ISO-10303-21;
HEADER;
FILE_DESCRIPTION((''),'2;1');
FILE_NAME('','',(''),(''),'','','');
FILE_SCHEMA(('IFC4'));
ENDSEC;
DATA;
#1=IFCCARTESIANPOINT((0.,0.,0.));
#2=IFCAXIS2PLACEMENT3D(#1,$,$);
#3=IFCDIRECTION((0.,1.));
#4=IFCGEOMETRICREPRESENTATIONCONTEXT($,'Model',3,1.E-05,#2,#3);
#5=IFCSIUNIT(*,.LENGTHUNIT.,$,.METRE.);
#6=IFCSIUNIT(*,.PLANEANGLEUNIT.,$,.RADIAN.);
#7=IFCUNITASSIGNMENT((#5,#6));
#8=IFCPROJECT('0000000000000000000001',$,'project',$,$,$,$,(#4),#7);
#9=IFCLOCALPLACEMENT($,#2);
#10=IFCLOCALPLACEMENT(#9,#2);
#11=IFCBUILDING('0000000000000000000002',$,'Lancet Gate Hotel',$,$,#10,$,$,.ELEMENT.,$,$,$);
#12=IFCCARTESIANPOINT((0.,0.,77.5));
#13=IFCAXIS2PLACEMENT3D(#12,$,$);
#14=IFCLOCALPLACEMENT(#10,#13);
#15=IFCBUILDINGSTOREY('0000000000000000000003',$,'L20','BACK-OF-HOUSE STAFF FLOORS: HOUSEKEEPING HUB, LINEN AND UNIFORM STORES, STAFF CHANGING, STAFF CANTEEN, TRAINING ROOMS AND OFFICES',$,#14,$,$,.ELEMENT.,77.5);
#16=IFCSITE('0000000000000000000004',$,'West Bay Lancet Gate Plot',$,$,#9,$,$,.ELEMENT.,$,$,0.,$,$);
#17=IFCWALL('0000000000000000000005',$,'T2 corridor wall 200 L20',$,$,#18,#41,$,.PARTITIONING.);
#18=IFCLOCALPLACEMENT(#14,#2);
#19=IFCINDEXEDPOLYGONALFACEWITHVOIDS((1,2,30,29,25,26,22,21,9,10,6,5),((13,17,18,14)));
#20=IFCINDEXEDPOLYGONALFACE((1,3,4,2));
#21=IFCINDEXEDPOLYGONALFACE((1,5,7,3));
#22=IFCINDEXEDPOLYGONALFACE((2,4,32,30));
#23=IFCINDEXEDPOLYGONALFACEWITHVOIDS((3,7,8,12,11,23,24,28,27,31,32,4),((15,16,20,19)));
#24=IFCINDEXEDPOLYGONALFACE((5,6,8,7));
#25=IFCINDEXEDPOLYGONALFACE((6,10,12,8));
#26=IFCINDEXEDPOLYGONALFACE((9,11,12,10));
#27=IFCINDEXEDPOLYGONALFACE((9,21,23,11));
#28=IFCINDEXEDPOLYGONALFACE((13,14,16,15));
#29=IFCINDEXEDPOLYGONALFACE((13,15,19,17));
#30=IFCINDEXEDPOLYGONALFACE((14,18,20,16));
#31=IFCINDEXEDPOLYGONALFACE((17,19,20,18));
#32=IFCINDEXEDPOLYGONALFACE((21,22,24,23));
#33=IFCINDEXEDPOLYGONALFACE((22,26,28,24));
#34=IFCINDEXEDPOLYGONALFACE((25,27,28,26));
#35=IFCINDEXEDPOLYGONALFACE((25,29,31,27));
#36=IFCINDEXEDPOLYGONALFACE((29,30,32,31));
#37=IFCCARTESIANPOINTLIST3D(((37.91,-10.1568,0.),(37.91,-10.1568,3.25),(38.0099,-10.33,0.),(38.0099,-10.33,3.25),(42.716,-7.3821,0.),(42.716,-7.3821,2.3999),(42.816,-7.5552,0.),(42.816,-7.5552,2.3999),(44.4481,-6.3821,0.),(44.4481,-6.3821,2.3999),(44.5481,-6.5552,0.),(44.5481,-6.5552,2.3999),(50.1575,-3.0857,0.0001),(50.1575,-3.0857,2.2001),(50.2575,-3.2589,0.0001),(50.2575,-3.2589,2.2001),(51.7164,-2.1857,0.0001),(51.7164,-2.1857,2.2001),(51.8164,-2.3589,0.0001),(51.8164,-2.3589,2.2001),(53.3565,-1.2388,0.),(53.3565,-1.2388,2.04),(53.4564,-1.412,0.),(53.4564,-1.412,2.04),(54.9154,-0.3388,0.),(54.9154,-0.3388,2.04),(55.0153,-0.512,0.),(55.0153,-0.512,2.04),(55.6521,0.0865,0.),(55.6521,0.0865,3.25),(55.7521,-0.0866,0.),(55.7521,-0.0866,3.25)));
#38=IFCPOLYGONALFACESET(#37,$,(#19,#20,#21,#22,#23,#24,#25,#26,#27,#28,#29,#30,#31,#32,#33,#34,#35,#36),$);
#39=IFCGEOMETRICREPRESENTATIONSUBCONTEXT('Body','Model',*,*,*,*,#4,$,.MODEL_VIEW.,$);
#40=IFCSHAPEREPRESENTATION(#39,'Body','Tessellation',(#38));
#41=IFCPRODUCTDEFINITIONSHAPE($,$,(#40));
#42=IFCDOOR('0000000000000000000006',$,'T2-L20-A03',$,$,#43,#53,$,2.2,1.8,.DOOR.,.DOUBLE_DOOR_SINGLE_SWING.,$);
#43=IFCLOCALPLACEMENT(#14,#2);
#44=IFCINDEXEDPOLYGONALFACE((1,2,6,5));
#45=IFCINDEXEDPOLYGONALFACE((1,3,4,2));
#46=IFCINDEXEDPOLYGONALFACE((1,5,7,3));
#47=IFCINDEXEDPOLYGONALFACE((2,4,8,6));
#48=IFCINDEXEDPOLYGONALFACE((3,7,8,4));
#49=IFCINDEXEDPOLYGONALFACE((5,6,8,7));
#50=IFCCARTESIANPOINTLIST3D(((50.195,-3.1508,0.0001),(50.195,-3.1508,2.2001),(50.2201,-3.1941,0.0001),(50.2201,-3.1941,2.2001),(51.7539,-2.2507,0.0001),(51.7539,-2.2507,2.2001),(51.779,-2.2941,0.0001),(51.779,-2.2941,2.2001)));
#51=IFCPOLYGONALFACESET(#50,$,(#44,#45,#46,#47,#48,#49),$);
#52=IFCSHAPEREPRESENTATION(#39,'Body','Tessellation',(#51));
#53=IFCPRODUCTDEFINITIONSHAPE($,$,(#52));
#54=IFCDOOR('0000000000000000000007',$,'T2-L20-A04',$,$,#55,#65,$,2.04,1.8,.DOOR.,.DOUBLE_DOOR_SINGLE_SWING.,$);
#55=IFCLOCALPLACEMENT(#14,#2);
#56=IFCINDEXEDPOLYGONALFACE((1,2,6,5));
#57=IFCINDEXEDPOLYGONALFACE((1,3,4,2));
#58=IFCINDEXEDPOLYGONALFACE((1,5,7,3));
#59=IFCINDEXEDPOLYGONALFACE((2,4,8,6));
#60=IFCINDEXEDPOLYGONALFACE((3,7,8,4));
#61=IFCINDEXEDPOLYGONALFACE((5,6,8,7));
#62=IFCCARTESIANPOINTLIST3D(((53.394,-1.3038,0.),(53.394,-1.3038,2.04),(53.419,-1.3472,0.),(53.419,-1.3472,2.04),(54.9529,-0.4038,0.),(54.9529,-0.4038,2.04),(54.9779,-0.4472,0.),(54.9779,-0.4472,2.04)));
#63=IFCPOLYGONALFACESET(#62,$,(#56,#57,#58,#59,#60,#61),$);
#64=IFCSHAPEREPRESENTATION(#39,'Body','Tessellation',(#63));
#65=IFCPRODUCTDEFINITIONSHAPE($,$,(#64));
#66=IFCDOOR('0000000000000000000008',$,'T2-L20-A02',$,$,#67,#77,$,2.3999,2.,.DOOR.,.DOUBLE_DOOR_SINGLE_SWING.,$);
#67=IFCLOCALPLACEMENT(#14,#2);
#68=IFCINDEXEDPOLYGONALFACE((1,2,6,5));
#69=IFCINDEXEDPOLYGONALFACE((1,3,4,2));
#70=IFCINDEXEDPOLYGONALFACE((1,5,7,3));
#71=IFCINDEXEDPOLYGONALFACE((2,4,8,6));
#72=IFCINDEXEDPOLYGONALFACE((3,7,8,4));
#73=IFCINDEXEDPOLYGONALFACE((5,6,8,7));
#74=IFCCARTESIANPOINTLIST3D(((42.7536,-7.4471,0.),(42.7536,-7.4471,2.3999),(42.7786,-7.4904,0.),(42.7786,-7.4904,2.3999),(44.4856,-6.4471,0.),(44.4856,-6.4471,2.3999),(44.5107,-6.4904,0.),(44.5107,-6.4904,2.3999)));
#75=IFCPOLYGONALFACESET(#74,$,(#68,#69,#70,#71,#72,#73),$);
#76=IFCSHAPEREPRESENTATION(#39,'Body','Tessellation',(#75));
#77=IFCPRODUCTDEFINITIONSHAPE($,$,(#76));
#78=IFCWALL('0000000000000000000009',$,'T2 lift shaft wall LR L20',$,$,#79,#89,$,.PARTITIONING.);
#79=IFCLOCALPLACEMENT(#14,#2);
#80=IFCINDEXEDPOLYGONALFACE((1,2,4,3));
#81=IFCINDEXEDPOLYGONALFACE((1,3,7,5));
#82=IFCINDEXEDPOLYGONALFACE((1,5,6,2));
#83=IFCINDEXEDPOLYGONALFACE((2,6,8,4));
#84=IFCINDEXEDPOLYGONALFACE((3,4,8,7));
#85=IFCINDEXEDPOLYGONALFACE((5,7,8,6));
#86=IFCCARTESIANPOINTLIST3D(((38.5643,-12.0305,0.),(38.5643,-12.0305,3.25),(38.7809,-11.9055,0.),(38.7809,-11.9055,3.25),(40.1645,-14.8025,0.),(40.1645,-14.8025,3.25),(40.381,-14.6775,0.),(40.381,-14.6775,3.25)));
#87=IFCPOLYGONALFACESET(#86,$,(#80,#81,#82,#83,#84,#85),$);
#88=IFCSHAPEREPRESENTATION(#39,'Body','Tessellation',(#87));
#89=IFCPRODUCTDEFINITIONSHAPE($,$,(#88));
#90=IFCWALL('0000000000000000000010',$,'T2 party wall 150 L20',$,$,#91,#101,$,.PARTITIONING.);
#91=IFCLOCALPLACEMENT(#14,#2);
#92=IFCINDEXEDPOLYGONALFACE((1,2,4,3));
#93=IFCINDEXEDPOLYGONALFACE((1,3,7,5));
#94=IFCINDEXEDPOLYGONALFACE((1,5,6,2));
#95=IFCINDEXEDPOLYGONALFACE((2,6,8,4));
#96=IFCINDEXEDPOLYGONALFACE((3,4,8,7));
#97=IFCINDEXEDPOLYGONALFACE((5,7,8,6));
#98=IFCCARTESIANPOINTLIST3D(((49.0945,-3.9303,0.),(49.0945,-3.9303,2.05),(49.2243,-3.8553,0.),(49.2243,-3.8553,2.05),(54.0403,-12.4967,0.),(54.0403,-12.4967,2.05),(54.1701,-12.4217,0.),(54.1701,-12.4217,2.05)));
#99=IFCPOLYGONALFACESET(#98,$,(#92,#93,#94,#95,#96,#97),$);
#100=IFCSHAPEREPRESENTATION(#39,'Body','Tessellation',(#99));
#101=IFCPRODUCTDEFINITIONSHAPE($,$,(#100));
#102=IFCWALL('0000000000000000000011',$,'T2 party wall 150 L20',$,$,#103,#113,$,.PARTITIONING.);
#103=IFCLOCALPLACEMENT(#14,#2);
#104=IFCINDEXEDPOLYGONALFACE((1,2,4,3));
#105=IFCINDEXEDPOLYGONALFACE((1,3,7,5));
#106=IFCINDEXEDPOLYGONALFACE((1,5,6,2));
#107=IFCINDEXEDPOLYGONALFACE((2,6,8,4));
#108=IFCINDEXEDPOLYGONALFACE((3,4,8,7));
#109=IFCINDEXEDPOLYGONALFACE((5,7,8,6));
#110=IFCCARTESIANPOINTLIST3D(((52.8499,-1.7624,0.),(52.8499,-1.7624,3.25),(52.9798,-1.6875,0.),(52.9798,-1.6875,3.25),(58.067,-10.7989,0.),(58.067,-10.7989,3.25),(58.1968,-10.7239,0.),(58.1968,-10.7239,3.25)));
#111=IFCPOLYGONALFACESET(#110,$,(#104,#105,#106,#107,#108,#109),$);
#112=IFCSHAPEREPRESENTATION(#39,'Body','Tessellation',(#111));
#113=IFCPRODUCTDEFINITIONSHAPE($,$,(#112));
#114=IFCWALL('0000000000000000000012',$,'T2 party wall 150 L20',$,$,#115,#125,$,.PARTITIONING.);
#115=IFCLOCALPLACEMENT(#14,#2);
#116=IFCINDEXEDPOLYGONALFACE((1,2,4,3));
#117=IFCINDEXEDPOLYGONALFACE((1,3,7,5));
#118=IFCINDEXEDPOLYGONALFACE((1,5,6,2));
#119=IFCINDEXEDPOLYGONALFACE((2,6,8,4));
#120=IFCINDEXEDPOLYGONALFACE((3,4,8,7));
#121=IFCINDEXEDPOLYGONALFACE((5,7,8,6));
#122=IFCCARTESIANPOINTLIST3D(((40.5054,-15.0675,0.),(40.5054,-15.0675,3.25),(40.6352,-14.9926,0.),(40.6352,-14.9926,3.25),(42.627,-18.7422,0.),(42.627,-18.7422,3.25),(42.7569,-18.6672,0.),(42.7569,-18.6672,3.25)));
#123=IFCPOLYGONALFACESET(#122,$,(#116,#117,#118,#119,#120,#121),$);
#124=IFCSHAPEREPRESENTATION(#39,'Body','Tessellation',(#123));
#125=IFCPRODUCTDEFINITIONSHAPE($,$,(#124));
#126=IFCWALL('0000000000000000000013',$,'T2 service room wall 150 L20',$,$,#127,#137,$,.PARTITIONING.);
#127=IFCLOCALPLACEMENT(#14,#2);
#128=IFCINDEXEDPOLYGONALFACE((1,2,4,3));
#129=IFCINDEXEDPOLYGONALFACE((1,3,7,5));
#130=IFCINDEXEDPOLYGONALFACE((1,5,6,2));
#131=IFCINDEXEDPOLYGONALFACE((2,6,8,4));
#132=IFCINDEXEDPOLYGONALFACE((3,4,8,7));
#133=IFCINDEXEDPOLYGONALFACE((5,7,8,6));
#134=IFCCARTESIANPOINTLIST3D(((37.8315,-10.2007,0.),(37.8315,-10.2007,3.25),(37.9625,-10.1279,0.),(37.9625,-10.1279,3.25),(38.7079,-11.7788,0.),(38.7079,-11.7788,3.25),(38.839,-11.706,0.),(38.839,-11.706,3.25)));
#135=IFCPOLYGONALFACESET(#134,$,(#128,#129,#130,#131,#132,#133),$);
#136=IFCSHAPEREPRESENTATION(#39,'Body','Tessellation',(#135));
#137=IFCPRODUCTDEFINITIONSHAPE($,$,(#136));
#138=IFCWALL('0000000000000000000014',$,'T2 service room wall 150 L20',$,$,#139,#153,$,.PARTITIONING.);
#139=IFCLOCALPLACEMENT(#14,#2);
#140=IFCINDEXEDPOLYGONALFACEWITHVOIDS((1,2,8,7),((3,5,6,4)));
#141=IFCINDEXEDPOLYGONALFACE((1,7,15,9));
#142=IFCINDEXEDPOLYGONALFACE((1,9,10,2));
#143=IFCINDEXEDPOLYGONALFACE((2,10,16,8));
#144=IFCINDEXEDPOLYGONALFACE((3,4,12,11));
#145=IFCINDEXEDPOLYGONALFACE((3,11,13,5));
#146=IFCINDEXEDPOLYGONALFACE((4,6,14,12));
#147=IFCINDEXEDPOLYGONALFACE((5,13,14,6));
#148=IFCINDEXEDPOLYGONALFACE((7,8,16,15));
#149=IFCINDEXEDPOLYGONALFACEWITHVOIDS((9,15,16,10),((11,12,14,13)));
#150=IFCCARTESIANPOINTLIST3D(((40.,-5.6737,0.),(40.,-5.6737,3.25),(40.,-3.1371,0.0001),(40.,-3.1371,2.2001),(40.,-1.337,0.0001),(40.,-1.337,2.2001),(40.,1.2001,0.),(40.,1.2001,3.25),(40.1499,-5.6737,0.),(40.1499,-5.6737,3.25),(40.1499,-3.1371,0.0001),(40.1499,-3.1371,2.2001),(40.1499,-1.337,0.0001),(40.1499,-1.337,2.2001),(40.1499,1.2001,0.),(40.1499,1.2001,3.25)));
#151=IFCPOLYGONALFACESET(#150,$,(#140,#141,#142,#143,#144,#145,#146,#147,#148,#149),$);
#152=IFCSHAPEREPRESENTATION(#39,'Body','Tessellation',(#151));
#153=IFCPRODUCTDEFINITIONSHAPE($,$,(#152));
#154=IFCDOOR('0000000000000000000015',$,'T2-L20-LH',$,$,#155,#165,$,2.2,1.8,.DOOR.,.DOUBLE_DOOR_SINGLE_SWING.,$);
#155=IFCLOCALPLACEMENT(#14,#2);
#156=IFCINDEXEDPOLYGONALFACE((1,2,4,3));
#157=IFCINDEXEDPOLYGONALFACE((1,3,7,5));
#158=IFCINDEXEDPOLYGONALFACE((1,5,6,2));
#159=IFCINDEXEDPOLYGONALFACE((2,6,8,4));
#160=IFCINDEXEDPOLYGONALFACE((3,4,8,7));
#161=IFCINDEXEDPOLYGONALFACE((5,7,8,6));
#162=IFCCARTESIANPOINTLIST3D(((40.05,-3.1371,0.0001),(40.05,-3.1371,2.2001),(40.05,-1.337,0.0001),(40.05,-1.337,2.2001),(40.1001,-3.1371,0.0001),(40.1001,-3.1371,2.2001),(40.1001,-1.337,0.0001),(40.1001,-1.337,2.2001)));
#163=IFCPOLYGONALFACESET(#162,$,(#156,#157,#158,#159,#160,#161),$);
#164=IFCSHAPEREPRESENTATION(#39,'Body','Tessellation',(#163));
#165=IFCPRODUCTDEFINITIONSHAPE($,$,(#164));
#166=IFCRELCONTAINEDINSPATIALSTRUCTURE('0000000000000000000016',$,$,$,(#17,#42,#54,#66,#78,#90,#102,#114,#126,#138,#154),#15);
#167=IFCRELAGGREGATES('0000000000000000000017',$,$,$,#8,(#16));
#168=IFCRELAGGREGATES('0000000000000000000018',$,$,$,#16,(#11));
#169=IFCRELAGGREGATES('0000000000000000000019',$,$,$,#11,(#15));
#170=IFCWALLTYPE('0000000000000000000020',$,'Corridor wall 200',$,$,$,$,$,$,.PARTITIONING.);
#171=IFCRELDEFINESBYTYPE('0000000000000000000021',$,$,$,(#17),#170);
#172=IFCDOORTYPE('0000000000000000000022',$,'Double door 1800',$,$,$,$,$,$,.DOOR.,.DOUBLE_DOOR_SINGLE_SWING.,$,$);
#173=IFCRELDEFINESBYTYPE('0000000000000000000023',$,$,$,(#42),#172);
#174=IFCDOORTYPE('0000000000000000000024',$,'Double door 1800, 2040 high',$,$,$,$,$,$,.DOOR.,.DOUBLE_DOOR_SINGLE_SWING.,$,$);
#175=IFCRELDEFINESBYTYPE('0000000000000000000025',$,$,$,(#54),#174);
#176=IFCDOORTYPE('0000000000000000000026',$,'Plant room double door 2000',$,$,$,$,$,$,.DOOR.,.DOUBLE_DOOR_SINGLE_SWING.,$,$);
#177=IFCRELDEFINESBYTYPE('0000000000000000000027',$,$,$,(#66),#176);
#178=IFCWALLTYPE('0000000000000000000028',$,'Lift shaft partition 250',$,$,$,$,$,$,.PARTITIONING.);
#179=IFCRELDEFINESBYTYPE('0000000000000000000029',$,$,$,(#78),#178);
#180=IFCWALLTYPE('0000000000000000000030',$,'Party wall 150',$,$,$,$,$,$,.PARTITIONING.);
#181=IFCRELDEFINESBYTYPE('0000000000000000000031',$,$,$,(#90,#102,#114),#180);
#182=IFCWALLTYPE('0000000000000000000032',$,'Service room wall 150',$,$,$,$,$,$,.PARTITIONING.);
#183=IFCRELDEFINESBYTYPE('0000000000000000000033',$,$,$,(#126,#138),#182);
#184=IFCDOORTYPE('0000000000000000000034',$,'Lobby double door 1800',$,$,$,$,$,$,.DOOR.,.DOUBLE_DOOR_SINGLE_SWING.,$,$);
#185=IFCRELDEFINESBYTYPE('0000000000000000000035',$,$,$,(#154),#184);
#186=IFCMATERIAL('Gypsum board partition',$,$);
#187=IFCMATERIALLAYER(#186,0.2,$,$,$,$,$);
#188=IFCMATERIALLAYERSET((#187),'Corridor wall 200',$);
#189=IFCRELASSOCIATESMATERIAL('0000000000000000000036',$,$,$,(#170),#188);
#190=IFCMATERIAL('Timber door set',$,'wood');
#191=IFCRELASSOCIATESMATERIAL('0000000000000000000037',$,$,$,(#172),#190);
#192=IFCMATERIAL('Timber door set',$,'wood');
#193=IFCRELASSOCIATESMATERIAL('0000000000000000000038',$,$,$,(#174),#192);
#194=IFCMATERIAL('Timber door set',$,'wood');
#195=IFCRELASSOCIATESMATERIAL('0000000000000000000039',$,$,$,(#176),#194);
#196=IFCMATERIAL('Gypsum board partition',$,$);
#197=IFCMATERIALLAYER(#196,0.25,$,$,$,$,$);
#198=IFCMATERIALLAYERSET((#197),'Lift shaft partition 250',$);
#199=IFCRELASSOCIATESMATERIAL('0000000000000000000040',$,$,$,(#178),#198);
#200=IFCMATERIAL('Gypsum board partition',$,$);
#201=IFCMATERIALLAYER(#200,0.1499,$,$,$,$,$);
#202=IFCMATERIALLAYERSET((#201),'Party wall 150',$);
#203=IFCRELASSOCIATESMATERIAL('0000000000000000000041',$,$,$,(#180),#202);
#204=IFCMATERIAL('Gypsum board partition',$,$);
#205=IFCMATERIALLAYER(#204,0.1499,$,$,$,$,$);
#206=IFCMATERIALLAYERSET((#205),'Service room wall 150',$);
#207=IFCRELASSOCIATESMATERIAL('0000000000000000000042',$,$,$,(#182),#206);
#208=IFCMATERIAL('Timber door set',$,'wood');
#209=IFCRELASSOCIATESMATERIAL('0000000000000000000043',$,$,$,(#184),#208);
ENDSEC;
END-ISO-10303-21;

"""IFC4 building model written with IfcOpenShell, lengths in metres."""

from ifc_helpers import new_model, si_unit, direction, frame, frame_2d, origin, place, context, subcontext, project, spatial, rectangle, extrude, material, layer, layer_set, type_object, element, fill, save


model = new_model("IFC4")

# Units and contexts
model_context = context("Model", 3, precision=1e-05, world=origin(), true_north=direction((0.0, 1.0)))
body_context = subcontext(model_context, "Body", "Model", "MODEL_VIEW")
ifc_project = project(units=[si_unit("LENGTHUNIT", "METRE"), si_unit("PLANEANGLEUNIT", "RADIAN")], contexts=[model_context])

# Site, building, storey
site_placement = place(None, origin())
site = spatial("IfcSite", under=ifc_project, at=site_placement, Name="West Bay Lancet Gate Plot", CompositionType="ELEMENT", RefElevation=0.0)
building_placement = place(site_placement, origin())
building = spatial("IfcBuilding", under=site, at=building_placement, Name="Lancet Gate Hotel", CompositionType="ELEMENT")
storey_placement = place(building_placement, frame((0.0, 0.0, 77.5)))
storey = spatial("IfcBuildingStorey", under=building, at=storey_placement, Name="L20", Description="BACK-OF-HOUSE STAFF FLOORS: HOUSEKEEPING HUB, LINEN AND UNIFORM STORES, STAFF CHANGING, STAFF CANTEEN, TRAINING ROOMS AND OFFICES", CompositionType="ELEMENT", Elevation=77.5)

# Wall, openings, doors
ifc_material_1 = material(Name="Gypsum board partition")
ifc_layer_1 = layer(ifc_material_1, 0.2)
ifc_layer_set_1 = layer_set([ifc_layer_1], Name="Corridor wall 200")
wall_type_1 = type_object("IfcWallType", Name="Corridor wall 200", PredefinedType="PARTITIONING", material=ifc_layer_set_1)
wall_1_placement = place(storey_placement, frame((37.96, -10.2434, 0.0), z_axis=(0.0, 0.0, 1.0), x_axis=(0.866026, 0.499998, 0.0)))
wall_1 = element("IfcWall", 1, at=wall_1_placement, inside=storey, type_object=wall_type_1, Name="T2 corridor wall 200 L20", PredefinedType="PARTITIONING", context=body_context, shape_type="SweptSolid", body=[
    extrude(rectangle(XDim=20.4868, YDim=0.2, at=frame_2d((10.2434, 0.0))), origin(), (0.0, 0.0, 1.0), 3.25),
])
opening_1_placement = place(wall_1_placement, frame((14.1423, 0.0, 0.0)))
opening_1 = element("IfcOpeningElement", 2, at=opening_1_placement, cuts=wall_1, PredefinedType="OPENING", context=body_context, shape_type="SweptSolid", body=[
    extrude(rectangle(XDim=1.8, YDim=2.2, at=frame_2d((0.8999, 1.1001))), frame((0.0, 0.1099, 0.0), z_axis=(0.0, -1.0, 0.0), x_axis=(1.0, 0.0, 0.0)), (0.0, 0.0, 1.0), 0.22),
])
opening_2_placement = place(wall_1_placement, frame((17.8362, 0.0, 0.0)))
opening_2 = element("IfcOpeningElement", 3, at=opening_2_placement, cuts=wall_1, PredefinedType="OPENING", context=body_context, shape_type="SweptSolid", body=[
    extrude(rectangle(XDim=1.8, YDim=2.04, at=frame_2d((0.8999, 1.02))), frame((0.0, 0.1099, 0.0), z_axis=(0.0, -1.0, 0.0), x_axis=(1.0, 0.0, 0.0)), (0.0, 0.0, 1.0), 0.22),
])
opening_3_placement = place(wall_1_placement, frame((5.5496, 0.0, 0.0)))
opening_3 = element("IfcOpeningElement", 4, at=opening_3_placement, cuts=wall_1, PredefinedType="OPENING", context=body_context, shape_type="SweptSolid", body=[
    extrude(rectangle(XDim=2.0, YDim=2.3999, at=frame_2d((1.0, 1.2))), frame((0.0, 0.1099, 0.0), z_axis=(0.0, -1.0, 0.0), x_axis=(1.0, 0.0, 0.0)), (0.0, 0.0, 1.0), 0.22),
])
ifc_material_2 = material(Name="Timber door set", Category="wood")
door_type_1 = type_object("IfcDoorType", Name="Double door 1800", OperationType="DOUBLE_DOOR_SINGLE_SWING", PredefinedType="DOOR", material=ifc_material_2)
door_1_placement = place(opening_1_placement, origin())
door_1 = element("IfcDoor", 5, at=door_1_placement, inside=storey, type_object=door_type_1, Name="T2-L20-A03", OperationType="DOUBLE_DOOR_SINGLE_SWING", OverallHeight=2.2, OverallWidth=1.8, PredefinedType="DOOR", context=body_context, shape_type="SweptSolid", body=[
    extrude(rectangle(XDim=1.8, YDim=2.2, at=frame_2d((0.8999, 1.1001))), frame((0.0, 0.0249, 0.0), z_axis=(0.0, -1.0, 0.0), x_axis=(1.0, 0.0, 0.0)), (0.0, 0.0, 1.0), 0.05),
])
fill(opening_1, door_1)
ifc_material_3 = material(Name="Timber door set", Category="wood")
door_type_2 = type_object("IfcDoorType", Name="Double door 1800, 2040 high", OperationType="DOUBLE_DOOR_SINGLE_SWING", PredefinedType="DOOR", material=ifc_material_3)
door_2_placement = place(opening_2_placement, origin())
door_2 = element("IfcDoor", 6, at=door_2_placement, inside=storey, type_object=door_type_2, Name="T2-L20-A04", OperationType="DOUBLE_DOOR_SINGLE_SWING", OverallHeight=2.04, OverallWidth=1.8, PredefinedType="DOOR", context=body_context, shape_type="SweptSolid", body=[
    extrude(rectangle(XDim=1.8, YDim=2.04, at=frame_2d((0.8999, 1.02))), frame((0.0, 0.0249, 0.0), z_axis=(0.0, -1.0, 0.0), x_axis=(1.0, 0.0, 0.0)), (0.0, 0.0, 1.0), 0.05),
])
fill(opening_2, door_2)
ifc_material_4 = material(Name="Timber door set", Category="wood")
door_type_3 = type_object("IfcDoorType", Name="Plant room double door 2000", OperationType="DOUBLE_DOOR_SINGLE_SWING", PredefinedType="DOOR", material=ifc_material_4)
door_3_placement = place(opening_3_placement, origin())
door_3 = element("IfcDoor", 7, at=door_3_placement, inside=storey, type_object=door_type_3, Name="T2-L20-A02", OperationType="DOUBLE_DOOR_SINGLE_SWING", OverallHeight=2.3999, OverallWidth=2.0, PredefinedType="DOOR", context=body_context, shape_type="SweptSolid", body=[
    extrude(rectangle(XDim=2.0, YDim=2.3999, at=frame_2d((1.0, 1.2))), frame((0.0, 0.0249, 0.0), z_axis=(0.0, -1.0, 0.0), x_axis=(1.0, 0.0, 0.0)), (0.0, 0.0, 1.0), 0.05),
])
fill(opening_3, door_3)

# Walls
ifc_material_5 = material(Name="Gypsum board partition")
ifc_layer_2 = layer(ifc_material_5, 0.25)
ifc_layer_set_2 = layer_set([ifc_layer_2], Name="Lift shaft partition 250")
wall_type_2 = type_object("IfcWallType", Name="Lift shaft partition 250", PredefinedType="PARTITIONING", material=ifc_layer_set_2)
wall_2_placement = place(storey_placement, frame((38.6726, -11.968, 0.0), z_axis=(0.0, 0.0, 1.0), x_axis=(0.499929, -0.866066, 0.0)))
element("IfcWall", 8, at=wall_2_placement, inside=storey, type_object=wall_type_2, Name="T2 lift shaft wall LR L20", PredefinedType="PARTITIONING", context=body_context, shape_type="SweptSolid", body=[
    extrude(rectangle(XDim=3.2007, YDim=0.25, at=frame_2d((1.6003, 0.0))), origin(), (0.0, 0.0, 1.0), 3.25),
])
ifc_material_6 = material(Name="Gypsum board partition")
ifc_layer_3 = layer(ifc_material_6, 0.1499)
ifc_layer_set_3 = layer_set([ifc_layer_3], Name="Party wall 150")
wall_type_3 = type_object("IfcWallType", Name="Party wall 150", PredefinedType="PARTITIONING", material=ifc_layer_set_3)
wall_3_placement = place(storey_placement, frame((49.1594, -3.8928, 0.0), z_axis=(0.0, 0.0, 1.0), x_axis=(0.499999, -0.866026, 0.0)))
element("IfcWall", 9, at=wall_3_placement, inside=storey, type_object=wall_type_3, Name="T2 party wall 150 L20", PredefinedType="PARTITIONING", context=body_context, shape_type="SweptSolid", body=[
    extrude(rectangle(XDim=9.8916, YDim=0.1499, at=frame_2d((4.9458, 0.0))), origin(), (0.0, 0.0, 1.0), 2.05),
])
wall_4_placement = place(storey_placement, frame((52.9148, -1.7249, 0.0), z_axis=(0.0, 0.0, 1.0), x_axis=(0.499992, -0.86603, 0.0)))
element("IfcWall", 10, at=wall_4_placement, inside=storey, type_object=wall_type_3, Name="T2 party wall 150 L20", PredefinedType="PARTITIONING", context=body_context, shape_type="SweptSolid", body=[
    extrude(rectangle(XDim=10.4343, YDim=0.1499, at=frame_2d((5.2173, 0.0))), origin(), (0.0, 0.0, 1.0), 3.25),
])
wall_5_placement = place(storey_placement, frame((40.5703, -15.03, 0.0), z_axis=(0.0, 0.0, 1.0), x_axis=(0.500013, -0.866018, 0.0)))
element("IfcWall", 11, at=wall_5_placement, inside=storey, type_object=wall_type_3, Name="T2 party wall 150 L20", PredefinedType="PARTITIONING", context=body_context, shape_type="SweptSolid", body=[
    extrude(rectangle(XDim=4.2432, YDim=0.1499, at=frame_2d((2.1216, 0.0))), origin(), (0.0, 0.0, 1.0), 3.25),
])
ifc_material_7 = material(Name="Gypsum board partition")
ifc_layer_4 = layer(ifc_material_7, 0.1499)
ifc_layer_set_4 = layer_set([ifc_layer_4], Name="Service room wall 150")
wall_type_4 = type_object("IfcWallType", Name="Service room wall 150", PredefinedType="PARTITIONING", material=ifc_layer_set_4)
wall_6_placement = place(storey_placement, frame((38.7734, -11.7424, 0.0), z_axis=(0.0, 0.0, 1.0), x_axis=(-0.485528, 0.874221, 0.0)))
element("IfcWall", 12, at=wall_6_placement, inside=storey, type_object=wall_type_4, Name="T2 service room wall 150 L20", PredefinedType="PARTITIONING", context=body_context, shape_type="SweptSolid", body=[
    extrude(rectangle(XDim=1.8052, YDim=0.1499, at=frame_2d((0.9026, 0.0))), origin(), (0.0, 0.0, 1.0), 3.25),
])

# Wall, opening, door
wall_7_placement = place(storey_placement, frame((40.075, -5.6738, 0.0), z_axis=(0.0, 0.0, 1.0), x_axis=(0.0, 1.0, 0.0)))
wall_7 = element("IfcWall", 13, at=wall_7_placement, inside=storey, type_object=wall_type_4, Name="T2 service room wall 150 L20", PredefinedType="PARTITIONING", context=body_context, shape_type="SweptSolid", body=[
    extrude(rectangle(XDim=6.8738, YDim=0.1499, at=frame_2d((3.437, 0.0))), origin(), (0.0, 0.0, 1.0), 3.25),
])
opening_4_placement = place(wall_7_placement, frame((2.5369, 0.0, 0.0)))
opening_4 = element("IfcOpeningElement", 14, at=opening_4_placement, cuts=wall_7, PredefinedType="OPENING", context=body_context, shape_type="SweptSolid", body=[
    extrude(rectangle(XDim=1.8, YDim=2.2, at=frame_2d((0.8999, 1.1001))), frame((0.0, 0.085, 0.0), z_axis=(0.0, -1.0, 0.0), x_axis=(1.0, 0.0, 0.0)), (0.0, 0.0, 1.0), 0.1699),
])
ifc_material_8 = material(Name="Timber door set", Category="wood")
door_type_4 = type_object("IfcDoorType", Name="Lobby double door 1800", OperationType="DOUBLE_DOOR_SINGLE_SWING", PredefinedType="DOOR", material=ifc_material_8)
door_4_placement = place(opening_4_placement, origin())
door_4 = element("IfcDoor", 15, at=door_4_placement, inside=storey, type_object=door_type_4, Name="T2-L20-LH", OperationType="DOUBLE_DOOR_SINGLE_SWING", OverallHeight=2.2, OverallWidth=1.8, PredefinedType="DOOR", context=body_context, shape_type="SweptSolid", body=[
    extrude(rectangle(XDim=1.8, YDim=2.2, at=frame_2d((0.8999, 1.1001))), frame((0.0, 0.0249, 0.0), z_axis=(0.0, -1.0, 0.0), x_axis=(1.0, 0.0, 0.0)), (0.0, 0.0, 1.0), 0.05),
])
fill(opening_4, door_4)

save(model, "model.ifc")
